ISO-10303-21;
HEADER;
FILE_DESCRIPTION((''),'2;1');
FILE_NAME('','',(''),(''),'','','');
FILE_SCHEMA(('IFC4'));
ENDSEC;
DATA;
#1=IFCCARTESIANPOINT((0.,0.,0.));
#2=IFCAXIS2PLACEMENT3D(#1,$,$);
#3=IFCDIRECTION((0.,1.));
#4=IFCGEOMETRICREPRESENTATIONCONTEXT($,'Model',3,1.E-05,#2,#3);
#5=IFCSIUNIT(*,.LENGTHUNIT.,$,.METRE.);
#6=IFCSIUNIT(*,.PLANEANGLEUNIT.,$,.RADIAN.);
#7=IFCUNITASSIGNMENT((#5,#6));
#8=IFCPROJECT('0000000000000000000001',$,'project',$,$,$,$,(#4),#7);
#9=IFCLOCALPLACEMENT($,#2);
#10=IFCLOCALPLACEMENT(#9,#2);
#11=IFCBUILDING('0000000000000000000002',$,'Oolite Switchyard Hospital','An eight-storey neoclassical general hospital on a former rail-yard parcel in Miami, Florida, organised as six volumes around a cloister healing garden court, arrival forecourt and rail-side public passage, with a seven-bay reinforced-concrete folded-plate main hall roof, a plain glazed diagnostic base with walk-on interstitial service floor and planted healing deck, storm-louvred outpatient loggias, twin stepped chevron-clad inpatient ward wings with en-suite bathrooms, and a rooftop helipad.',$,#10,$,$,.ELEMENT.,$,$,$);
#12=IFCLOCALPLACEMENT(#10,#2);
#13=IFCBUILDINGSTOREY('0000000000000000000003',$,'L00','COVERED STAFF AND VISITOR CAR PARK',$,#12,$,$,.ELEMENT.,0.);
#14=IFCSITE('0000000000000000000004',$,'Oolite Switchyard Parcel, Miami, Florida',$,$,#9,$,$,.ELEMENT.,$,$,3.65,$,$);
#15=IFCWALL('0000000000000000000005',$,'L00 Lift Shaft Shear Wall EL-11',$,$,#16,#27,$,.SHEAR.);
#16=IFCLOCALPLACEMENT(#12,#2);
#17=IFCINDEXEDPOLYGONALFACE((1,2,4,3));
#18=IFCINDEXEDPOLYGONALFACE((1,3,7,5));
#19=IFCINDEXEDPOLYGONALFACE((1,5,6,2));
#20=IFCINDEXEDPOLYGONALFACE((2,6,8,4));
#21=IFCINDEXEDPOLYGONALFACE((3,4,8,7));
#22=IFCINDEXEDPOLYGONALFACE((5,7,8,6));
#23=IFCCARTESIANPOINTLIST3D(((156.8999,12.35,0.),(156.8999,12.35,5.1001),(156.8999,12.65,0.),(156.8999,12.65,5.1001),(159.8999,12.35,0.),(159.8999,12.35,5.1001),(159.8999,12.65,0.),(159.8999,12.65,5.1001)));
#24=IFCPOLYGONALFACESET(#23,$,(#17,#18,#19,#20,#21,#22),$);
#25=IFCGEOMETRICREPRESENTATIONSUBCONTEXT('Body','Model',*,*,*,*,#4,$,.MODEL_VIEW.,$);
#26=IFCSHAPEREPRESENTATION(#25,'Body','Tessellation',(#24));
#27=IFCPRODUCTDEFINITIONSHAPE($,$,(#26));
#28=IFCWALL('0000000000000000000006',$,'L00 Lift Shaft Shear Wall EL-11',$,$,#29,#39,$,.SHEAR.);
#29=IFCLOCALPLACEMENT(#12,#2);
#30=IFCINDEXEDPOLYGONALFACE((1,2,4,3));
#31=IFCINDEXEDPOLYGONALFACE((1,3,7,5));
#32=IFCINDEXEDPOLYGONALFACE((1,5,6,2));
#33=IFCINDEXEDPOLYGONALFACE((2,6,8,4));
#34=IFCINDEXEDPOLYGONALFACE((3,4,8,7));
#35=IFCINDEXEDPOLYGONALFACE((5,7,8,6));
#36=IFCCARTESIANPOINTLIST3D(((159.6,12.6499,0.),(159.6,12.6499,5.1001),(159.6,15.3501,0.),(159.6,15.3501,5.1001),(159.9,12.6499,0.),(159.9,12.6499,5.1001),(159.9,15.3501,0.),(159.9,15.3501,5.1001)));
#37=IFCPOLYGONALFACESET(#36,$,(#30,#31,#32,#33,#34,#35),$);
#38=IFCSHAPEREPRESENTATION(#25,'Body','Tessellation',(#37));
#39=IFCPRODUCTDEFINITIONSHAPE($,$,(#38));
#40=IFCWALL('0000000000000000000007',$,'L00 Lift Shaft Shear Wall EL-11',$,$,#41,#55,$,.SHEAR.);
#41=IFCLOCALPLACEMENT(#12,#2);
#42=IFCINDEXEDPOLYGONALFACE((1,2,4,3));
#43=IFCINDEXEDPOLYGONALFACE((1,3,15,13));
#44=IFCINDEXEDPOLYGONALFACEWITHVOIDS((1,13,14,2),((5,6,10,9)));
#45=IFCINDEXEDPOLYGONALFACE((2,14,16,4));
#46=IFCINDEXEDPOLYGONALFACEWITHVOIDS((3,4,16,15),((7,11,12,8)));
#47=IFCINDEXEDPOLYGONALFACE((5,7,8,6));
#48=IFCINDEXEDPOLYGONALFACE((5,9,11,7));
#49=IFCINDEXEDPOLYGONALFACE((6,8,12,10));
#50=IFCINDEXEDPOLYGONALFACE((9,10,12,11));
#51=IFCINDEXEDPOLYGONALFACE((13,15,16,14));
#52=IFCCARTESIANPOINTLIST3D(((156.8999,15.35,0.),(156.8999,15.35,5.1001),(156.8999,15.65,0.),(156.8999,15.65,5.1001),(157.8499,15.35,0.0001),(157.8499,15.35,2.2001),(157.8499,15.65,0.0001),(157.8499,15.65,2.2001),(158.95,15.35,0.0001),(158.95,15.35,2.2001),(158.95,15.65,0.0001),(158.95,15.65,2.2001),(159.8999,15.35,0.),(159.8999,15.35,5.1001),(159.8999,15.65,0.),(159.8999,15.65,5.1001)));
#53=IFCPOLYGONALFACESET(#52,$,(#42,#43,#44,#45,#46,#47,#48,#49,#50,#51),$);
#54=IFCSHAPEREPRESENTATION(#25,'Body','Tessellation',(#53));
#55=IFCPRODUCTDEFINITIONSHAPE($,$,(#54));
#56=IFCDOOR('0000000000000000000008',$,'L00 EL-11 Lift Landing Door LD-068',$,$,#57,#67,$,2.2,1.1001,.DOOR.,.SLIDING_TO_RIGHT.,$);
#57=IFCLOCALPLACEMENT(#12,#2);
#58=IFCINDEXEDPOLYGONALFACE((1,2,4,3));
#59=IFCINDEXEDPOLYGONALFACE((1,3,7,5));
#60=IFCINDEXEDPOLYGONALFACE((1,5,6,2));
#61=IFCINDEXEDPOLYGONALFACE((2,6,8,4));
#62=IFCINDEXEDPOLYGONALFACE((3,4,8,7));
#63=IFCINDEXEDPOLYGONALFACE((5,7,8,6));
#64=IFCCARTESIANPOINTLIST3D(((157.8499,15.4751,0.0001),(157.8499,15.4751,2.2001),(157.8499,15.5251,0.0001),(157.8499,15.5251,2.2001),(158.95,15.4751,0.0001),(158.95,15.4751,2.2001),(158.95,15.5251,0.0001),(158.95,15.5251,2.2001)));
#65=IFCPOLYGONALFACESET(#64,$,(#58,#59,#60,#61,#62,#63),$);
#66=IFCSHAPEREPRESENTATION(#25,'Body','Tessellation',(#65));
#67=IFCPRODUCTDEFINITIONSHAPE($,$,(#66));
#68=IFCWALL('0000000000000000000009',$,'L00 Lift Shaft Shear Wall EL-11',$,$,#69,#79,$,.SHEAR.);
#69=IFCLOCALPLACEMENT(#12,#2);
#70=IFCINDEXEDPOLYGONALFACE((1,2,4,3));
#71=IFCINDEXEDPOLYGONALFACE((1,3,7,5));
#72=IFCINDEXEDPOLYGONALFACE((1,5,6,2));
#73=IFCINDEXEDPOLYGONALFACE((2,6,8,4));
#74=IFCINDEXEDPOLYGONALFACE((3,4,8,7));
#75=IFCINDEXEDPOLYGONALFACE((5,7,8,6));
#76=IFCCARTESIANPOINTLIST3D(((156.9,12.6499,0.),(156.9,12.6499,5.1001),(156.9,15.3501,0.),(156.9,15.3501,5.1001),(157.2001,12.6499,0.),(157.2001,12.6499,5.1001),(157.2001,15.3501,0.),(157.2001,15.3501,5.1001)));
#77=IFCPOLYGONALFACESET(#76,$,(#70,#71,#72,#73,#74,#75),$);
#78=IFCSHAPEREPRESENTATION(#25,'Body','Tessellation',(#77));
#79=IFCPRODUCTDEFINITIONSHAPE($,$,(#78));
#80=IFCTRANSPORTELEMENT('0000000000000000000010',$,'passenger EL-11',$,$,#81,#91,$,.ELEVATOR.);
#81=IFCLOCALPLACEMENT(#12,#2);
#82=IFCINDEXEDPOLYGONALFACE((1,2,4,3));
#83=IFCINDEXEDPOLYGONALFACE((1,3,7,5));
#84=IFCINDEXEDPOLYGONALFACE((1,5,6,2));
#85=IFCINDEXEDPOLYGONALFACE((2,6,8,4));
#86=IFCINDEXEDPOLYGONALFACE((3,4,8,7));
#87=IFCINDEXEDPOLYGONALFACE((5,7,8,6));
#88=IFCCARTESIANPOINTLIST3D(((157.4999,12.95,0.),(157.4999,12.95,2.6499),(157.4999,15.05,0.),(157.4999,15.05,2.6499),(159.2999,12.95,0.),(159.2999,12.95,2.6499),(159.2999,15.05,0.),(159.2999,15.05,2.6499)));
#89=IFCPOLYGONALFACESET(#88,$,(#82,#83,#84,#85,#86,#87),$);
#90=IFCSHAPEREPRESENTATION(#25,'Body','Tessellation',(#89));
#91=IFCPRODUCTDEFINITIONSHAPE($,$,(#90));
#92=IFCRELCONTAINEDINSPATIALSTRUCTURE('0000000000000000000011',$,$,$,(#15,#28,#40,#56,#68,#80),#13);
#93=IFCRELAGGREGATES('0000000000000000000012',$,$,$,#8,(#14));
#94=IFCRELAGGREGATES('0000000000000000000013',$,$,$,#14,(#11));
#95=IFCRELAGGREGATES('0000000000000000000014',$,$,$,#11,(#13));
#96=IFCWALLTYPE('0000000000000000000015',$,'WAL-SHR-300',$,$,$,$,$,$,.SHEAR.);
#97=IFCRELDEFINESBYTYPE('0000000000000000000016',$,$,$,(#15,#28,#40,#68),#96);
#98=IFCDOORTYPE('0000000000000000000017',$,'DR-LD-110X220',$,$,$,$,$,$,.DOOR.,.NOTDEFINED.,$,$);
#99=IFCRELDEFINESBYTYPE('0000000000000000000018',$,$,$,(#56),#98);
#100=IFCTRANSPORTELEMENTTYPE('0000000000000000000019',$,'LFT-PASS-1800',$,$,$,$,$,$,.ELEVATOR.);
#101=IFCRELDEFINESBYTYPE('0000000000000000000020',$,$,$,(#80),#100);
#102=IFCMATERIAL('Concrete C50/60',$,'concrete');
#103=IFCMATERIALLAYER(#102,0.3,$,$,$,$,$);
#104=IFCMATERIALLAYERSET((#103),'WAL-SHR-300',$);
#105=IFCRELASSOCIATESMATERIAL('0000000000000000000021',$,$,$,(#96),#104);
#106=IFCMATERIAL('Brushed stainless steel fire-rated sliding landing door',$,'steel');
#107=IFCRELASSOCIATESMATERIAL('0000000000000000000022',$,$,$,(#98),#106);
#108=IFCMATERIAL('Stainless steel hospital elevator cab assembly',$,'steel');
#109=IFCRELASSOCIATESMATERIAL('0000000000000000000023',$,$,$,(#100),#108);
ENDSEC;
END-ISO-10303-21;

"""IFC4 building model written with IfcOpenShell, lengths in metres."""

from ifc_helpers import new_model, si_unit, direction, frame, frame_2d, origin, origin_2d, place, context, subcontext, project, spatial, rectangle, extrude, material, layer, layer_set, type_object, element, fill, save


model = new_model("IFC4")

# Units and contexts
model_context = context("Model", 3, precision=1e-05, world=origin(), true_north=direction((0.0, 1.0)))
body_context = subcontext(model_context, "Body", "Model", "MODEL_VIEW")
ifc_project = project(units=[si_unit("LENGTHUNIT", "METRE"), si_unit("PLANEANGLEUNIT", "RADIAN")], contexts=[model_context])

# Site, building, storey
site_placement = place(None, origin())
site = spatial("IfcSite", under=ifc_project, at=site_placement, Name="Oolite Switchyard Parcel, Miami, Florida", CompositionType="ELEMENT", RefElevation=3.65)
building_placement = place(site_placement, origin())
building = spatial("IfcBuilding", under=site, at=building_placement, Name="Oolite Switchyard Hospital", Description="An eight-storey neoclassical general hospital on a former rail-yard parcel in Miami, Florida, organised as six volumes around a cloister healing garden court, arrival forecourt and rail-side public passage, with a seven-bay reinforced-concrete folded-plate main hall roof, a plain glazed diagnostic base with walk-on interstitial service floor and planted healing deck, storm-louvred outpatient loggias, twin stepped chevron-clad inpatient ward wings with en-suite bathrooms, and a rooftop helipad.", CompositionType="ELEMENT")
storey_placement = place(building_placement, origin())
storey = spatial("IfcBuildingStorey", under=building, at=storey_placement, Name="L00", Description="COVERED STAFF AND VISITOR CAR PARK", CompositionType="ELEMENT", Elevation=0.0)

# Shared definitions
ifc_material_1 = material(Name="Concrete C50/60", Category="concrete")

# Walls
ifc_layer_1 = layer(ifc_material_1, 0.3)
ifc_layer_set_1 = layer_set([ifc_layer_1], Name="WAL-SHR-300")
wall_type_1 = type_object("IfcWallType", Name="WAL-SHR-300", PredefinedType="SHEAR", material=ifc_layer_set_1)
wall_1_placement = place(storey_placement, frame((156.8999, 12.5, 0.0), z_axis=(0.0, 0.0, 1.0), x_axis=(1.0, 0.0, 0.0)))
element("IfcWall", 1, at=wall_1_placement, inside=storey, type_object=wall_type_1, Name="L00 Lift Shaft Shear Wall EL-11", PredefinedType="SHEAR", context=body_context, shape_type="SweptSolid", body=[
    extrude(rectangle(XDim=3.0, YDim=0.3, at=frame_2d((1.5, 0.0))), origin(), (0.0, 0.0, 1.0), 5.1001),
])
wall_2_placement = place(storey_placement, frame((159.75, 12.6499, 0.0), z_axis=(0.0, 0.0, 1.0), x_axis=(0.0, 1.0, 0.0)))
element("IfcWall", 2, at=wall_2_placement, inside=storey, type_object=wall_type_1, Name="L00 Lift Shaft Shear Wall EL-11", PredefinedType="SHEAR", context=body_context, shape_type="SweptSolid", body=[
    extrude(rectangle(XDim=2.7002, YDim=0.3, at=frame_2d((1.3501, 0.0))), origin(), (0.0, 0.0, 1.0), 5.1001),
])

# Wall, opening, door
wall_3_placement = place(storey_placement, frame((159.8999, 15.5, 0.0), z_axis=(0.0, 0.0, 1.0), x_axis=(-1.0, 0.0, 0.0)))
wall_3 = element("IfcWall", 3, at=wall_3_placement, inside=storey, type_object=wall_type_1, Name="L00 Lift Shaft Shear Wall EL-11", PredefinedType="SHEAR", context=body_context, shape_type="SweptSolid", body=[
    extrude(rectangle(XDim=3.0, YDim=0.3, at=frame_2d((1.5, 0.0))), origin(), (0.0, 0.0, 1.0), 5.1001),
])
opening_1_placement = place(wall_3_placement, frame((0.95, 0.0, 0.0)))
opening_1 = element("IfcOpeningElement", 4, at=opening_1_placement, cuts=wall_3, PredefinedType="OPENING", context=body_context, shape_type="SweptSolid", body=[
    extrude(rectangle(XDim=1.1001, YDim=2.2, at=frame_2d((0.55, 1.1001))), frame((0.0, 0.1602, 0.0), z_axis=(0.0, -1.0, 0.0), x_axis=(1.0, 0.0, 0.0)), (0.0, 0.0, 1.0), 0.3201),
])
ifc_material_2 = material(Name="Brushed stainless steel fire-rated sliding landing door", Category="steel")
door_type_1 = type_object("IfcDoorType", Name="DR-LD-110X220", OperationType="NOTDEFINED", PredefinedType="DOOR", material=ifc_material_2)
door_1_placement = place(opening_1_placement, origin())
door_1 = element("IfcDoor", 5, at=door_1_placement, inside=storey, type_object=door_type_1, Name="L00 EL-11 Lift Landing Door LD-068", OperationType="SLIDING_TO_RIGHT", OverallHeight=2.2, OverallWidth=1.1001, PredefinedType="DOOR", context=body_context, shape_type="SweptSolid", body=[
    extrude(rectangle(XDim=1.1001, YDim=2.2, at=frame_2d((0.55, 1.1001))), frame((0.0, 0.0249, 0.0), z_axis=(0.0, -1.0, 0.0), x_axis=(1.0, 0.0, 0.0)), (0.0, 0.0, 1.0), 0.05),
])
fill(opening_1, door_1)

# Wall
wall_4_placement = place(storey_placement, frame((157.05, 15.3501, 0.0), z_axis=(0.0, 0.0, 1.0), x_axis=(0.0, -1.0, 0.0)))
element("IfcWall", 6, at=wall_4_placement, inside=storey, type_object=wall_type_1, Name="L00 Lift Shaft Shear Wall EL-11", PredefinedType="SHEAR", context=body_context, shape_type="SweptSolid", body=[
    extrude(rectangle(XDim=2.7002, YDim=0.3, at=frame_2d((1.3501, 0.0))), origin(), (0.0, 0.0, 1.0), 5.1001),
])

# Transport element
ifc_material_3 = material(Name="Stainless steel hospital elevator cab assembly", Category="steel")
transport_element_type = type_object("IfcTransportElementType", Name="LFT-PASS-1800", PredefinedType="ELEVATOR", material=ifc_material_3)
transport_element_placement = place(storey_placement, frame((158.3999, 14.0, 0.0), z_axis=(0.0, 0.0, 1.0), x_axis=(1.0, 0.0, 0.0)))
element("IfcTransportElement", 7, at=transport_element_placement, inside=storey, type_object=transport_element_type, Name="passenger EL-11", PredefinedType="ELEVATOR", context=body_context, shape_type="SweptSolid", body=[
    extrude(rectangle(XDim=1.8, YDim=2.1001, at=origin_2d()), origin(), (0.0, 0.0, 1.0), 2.6499),
])

save(model, "model.ifc")
